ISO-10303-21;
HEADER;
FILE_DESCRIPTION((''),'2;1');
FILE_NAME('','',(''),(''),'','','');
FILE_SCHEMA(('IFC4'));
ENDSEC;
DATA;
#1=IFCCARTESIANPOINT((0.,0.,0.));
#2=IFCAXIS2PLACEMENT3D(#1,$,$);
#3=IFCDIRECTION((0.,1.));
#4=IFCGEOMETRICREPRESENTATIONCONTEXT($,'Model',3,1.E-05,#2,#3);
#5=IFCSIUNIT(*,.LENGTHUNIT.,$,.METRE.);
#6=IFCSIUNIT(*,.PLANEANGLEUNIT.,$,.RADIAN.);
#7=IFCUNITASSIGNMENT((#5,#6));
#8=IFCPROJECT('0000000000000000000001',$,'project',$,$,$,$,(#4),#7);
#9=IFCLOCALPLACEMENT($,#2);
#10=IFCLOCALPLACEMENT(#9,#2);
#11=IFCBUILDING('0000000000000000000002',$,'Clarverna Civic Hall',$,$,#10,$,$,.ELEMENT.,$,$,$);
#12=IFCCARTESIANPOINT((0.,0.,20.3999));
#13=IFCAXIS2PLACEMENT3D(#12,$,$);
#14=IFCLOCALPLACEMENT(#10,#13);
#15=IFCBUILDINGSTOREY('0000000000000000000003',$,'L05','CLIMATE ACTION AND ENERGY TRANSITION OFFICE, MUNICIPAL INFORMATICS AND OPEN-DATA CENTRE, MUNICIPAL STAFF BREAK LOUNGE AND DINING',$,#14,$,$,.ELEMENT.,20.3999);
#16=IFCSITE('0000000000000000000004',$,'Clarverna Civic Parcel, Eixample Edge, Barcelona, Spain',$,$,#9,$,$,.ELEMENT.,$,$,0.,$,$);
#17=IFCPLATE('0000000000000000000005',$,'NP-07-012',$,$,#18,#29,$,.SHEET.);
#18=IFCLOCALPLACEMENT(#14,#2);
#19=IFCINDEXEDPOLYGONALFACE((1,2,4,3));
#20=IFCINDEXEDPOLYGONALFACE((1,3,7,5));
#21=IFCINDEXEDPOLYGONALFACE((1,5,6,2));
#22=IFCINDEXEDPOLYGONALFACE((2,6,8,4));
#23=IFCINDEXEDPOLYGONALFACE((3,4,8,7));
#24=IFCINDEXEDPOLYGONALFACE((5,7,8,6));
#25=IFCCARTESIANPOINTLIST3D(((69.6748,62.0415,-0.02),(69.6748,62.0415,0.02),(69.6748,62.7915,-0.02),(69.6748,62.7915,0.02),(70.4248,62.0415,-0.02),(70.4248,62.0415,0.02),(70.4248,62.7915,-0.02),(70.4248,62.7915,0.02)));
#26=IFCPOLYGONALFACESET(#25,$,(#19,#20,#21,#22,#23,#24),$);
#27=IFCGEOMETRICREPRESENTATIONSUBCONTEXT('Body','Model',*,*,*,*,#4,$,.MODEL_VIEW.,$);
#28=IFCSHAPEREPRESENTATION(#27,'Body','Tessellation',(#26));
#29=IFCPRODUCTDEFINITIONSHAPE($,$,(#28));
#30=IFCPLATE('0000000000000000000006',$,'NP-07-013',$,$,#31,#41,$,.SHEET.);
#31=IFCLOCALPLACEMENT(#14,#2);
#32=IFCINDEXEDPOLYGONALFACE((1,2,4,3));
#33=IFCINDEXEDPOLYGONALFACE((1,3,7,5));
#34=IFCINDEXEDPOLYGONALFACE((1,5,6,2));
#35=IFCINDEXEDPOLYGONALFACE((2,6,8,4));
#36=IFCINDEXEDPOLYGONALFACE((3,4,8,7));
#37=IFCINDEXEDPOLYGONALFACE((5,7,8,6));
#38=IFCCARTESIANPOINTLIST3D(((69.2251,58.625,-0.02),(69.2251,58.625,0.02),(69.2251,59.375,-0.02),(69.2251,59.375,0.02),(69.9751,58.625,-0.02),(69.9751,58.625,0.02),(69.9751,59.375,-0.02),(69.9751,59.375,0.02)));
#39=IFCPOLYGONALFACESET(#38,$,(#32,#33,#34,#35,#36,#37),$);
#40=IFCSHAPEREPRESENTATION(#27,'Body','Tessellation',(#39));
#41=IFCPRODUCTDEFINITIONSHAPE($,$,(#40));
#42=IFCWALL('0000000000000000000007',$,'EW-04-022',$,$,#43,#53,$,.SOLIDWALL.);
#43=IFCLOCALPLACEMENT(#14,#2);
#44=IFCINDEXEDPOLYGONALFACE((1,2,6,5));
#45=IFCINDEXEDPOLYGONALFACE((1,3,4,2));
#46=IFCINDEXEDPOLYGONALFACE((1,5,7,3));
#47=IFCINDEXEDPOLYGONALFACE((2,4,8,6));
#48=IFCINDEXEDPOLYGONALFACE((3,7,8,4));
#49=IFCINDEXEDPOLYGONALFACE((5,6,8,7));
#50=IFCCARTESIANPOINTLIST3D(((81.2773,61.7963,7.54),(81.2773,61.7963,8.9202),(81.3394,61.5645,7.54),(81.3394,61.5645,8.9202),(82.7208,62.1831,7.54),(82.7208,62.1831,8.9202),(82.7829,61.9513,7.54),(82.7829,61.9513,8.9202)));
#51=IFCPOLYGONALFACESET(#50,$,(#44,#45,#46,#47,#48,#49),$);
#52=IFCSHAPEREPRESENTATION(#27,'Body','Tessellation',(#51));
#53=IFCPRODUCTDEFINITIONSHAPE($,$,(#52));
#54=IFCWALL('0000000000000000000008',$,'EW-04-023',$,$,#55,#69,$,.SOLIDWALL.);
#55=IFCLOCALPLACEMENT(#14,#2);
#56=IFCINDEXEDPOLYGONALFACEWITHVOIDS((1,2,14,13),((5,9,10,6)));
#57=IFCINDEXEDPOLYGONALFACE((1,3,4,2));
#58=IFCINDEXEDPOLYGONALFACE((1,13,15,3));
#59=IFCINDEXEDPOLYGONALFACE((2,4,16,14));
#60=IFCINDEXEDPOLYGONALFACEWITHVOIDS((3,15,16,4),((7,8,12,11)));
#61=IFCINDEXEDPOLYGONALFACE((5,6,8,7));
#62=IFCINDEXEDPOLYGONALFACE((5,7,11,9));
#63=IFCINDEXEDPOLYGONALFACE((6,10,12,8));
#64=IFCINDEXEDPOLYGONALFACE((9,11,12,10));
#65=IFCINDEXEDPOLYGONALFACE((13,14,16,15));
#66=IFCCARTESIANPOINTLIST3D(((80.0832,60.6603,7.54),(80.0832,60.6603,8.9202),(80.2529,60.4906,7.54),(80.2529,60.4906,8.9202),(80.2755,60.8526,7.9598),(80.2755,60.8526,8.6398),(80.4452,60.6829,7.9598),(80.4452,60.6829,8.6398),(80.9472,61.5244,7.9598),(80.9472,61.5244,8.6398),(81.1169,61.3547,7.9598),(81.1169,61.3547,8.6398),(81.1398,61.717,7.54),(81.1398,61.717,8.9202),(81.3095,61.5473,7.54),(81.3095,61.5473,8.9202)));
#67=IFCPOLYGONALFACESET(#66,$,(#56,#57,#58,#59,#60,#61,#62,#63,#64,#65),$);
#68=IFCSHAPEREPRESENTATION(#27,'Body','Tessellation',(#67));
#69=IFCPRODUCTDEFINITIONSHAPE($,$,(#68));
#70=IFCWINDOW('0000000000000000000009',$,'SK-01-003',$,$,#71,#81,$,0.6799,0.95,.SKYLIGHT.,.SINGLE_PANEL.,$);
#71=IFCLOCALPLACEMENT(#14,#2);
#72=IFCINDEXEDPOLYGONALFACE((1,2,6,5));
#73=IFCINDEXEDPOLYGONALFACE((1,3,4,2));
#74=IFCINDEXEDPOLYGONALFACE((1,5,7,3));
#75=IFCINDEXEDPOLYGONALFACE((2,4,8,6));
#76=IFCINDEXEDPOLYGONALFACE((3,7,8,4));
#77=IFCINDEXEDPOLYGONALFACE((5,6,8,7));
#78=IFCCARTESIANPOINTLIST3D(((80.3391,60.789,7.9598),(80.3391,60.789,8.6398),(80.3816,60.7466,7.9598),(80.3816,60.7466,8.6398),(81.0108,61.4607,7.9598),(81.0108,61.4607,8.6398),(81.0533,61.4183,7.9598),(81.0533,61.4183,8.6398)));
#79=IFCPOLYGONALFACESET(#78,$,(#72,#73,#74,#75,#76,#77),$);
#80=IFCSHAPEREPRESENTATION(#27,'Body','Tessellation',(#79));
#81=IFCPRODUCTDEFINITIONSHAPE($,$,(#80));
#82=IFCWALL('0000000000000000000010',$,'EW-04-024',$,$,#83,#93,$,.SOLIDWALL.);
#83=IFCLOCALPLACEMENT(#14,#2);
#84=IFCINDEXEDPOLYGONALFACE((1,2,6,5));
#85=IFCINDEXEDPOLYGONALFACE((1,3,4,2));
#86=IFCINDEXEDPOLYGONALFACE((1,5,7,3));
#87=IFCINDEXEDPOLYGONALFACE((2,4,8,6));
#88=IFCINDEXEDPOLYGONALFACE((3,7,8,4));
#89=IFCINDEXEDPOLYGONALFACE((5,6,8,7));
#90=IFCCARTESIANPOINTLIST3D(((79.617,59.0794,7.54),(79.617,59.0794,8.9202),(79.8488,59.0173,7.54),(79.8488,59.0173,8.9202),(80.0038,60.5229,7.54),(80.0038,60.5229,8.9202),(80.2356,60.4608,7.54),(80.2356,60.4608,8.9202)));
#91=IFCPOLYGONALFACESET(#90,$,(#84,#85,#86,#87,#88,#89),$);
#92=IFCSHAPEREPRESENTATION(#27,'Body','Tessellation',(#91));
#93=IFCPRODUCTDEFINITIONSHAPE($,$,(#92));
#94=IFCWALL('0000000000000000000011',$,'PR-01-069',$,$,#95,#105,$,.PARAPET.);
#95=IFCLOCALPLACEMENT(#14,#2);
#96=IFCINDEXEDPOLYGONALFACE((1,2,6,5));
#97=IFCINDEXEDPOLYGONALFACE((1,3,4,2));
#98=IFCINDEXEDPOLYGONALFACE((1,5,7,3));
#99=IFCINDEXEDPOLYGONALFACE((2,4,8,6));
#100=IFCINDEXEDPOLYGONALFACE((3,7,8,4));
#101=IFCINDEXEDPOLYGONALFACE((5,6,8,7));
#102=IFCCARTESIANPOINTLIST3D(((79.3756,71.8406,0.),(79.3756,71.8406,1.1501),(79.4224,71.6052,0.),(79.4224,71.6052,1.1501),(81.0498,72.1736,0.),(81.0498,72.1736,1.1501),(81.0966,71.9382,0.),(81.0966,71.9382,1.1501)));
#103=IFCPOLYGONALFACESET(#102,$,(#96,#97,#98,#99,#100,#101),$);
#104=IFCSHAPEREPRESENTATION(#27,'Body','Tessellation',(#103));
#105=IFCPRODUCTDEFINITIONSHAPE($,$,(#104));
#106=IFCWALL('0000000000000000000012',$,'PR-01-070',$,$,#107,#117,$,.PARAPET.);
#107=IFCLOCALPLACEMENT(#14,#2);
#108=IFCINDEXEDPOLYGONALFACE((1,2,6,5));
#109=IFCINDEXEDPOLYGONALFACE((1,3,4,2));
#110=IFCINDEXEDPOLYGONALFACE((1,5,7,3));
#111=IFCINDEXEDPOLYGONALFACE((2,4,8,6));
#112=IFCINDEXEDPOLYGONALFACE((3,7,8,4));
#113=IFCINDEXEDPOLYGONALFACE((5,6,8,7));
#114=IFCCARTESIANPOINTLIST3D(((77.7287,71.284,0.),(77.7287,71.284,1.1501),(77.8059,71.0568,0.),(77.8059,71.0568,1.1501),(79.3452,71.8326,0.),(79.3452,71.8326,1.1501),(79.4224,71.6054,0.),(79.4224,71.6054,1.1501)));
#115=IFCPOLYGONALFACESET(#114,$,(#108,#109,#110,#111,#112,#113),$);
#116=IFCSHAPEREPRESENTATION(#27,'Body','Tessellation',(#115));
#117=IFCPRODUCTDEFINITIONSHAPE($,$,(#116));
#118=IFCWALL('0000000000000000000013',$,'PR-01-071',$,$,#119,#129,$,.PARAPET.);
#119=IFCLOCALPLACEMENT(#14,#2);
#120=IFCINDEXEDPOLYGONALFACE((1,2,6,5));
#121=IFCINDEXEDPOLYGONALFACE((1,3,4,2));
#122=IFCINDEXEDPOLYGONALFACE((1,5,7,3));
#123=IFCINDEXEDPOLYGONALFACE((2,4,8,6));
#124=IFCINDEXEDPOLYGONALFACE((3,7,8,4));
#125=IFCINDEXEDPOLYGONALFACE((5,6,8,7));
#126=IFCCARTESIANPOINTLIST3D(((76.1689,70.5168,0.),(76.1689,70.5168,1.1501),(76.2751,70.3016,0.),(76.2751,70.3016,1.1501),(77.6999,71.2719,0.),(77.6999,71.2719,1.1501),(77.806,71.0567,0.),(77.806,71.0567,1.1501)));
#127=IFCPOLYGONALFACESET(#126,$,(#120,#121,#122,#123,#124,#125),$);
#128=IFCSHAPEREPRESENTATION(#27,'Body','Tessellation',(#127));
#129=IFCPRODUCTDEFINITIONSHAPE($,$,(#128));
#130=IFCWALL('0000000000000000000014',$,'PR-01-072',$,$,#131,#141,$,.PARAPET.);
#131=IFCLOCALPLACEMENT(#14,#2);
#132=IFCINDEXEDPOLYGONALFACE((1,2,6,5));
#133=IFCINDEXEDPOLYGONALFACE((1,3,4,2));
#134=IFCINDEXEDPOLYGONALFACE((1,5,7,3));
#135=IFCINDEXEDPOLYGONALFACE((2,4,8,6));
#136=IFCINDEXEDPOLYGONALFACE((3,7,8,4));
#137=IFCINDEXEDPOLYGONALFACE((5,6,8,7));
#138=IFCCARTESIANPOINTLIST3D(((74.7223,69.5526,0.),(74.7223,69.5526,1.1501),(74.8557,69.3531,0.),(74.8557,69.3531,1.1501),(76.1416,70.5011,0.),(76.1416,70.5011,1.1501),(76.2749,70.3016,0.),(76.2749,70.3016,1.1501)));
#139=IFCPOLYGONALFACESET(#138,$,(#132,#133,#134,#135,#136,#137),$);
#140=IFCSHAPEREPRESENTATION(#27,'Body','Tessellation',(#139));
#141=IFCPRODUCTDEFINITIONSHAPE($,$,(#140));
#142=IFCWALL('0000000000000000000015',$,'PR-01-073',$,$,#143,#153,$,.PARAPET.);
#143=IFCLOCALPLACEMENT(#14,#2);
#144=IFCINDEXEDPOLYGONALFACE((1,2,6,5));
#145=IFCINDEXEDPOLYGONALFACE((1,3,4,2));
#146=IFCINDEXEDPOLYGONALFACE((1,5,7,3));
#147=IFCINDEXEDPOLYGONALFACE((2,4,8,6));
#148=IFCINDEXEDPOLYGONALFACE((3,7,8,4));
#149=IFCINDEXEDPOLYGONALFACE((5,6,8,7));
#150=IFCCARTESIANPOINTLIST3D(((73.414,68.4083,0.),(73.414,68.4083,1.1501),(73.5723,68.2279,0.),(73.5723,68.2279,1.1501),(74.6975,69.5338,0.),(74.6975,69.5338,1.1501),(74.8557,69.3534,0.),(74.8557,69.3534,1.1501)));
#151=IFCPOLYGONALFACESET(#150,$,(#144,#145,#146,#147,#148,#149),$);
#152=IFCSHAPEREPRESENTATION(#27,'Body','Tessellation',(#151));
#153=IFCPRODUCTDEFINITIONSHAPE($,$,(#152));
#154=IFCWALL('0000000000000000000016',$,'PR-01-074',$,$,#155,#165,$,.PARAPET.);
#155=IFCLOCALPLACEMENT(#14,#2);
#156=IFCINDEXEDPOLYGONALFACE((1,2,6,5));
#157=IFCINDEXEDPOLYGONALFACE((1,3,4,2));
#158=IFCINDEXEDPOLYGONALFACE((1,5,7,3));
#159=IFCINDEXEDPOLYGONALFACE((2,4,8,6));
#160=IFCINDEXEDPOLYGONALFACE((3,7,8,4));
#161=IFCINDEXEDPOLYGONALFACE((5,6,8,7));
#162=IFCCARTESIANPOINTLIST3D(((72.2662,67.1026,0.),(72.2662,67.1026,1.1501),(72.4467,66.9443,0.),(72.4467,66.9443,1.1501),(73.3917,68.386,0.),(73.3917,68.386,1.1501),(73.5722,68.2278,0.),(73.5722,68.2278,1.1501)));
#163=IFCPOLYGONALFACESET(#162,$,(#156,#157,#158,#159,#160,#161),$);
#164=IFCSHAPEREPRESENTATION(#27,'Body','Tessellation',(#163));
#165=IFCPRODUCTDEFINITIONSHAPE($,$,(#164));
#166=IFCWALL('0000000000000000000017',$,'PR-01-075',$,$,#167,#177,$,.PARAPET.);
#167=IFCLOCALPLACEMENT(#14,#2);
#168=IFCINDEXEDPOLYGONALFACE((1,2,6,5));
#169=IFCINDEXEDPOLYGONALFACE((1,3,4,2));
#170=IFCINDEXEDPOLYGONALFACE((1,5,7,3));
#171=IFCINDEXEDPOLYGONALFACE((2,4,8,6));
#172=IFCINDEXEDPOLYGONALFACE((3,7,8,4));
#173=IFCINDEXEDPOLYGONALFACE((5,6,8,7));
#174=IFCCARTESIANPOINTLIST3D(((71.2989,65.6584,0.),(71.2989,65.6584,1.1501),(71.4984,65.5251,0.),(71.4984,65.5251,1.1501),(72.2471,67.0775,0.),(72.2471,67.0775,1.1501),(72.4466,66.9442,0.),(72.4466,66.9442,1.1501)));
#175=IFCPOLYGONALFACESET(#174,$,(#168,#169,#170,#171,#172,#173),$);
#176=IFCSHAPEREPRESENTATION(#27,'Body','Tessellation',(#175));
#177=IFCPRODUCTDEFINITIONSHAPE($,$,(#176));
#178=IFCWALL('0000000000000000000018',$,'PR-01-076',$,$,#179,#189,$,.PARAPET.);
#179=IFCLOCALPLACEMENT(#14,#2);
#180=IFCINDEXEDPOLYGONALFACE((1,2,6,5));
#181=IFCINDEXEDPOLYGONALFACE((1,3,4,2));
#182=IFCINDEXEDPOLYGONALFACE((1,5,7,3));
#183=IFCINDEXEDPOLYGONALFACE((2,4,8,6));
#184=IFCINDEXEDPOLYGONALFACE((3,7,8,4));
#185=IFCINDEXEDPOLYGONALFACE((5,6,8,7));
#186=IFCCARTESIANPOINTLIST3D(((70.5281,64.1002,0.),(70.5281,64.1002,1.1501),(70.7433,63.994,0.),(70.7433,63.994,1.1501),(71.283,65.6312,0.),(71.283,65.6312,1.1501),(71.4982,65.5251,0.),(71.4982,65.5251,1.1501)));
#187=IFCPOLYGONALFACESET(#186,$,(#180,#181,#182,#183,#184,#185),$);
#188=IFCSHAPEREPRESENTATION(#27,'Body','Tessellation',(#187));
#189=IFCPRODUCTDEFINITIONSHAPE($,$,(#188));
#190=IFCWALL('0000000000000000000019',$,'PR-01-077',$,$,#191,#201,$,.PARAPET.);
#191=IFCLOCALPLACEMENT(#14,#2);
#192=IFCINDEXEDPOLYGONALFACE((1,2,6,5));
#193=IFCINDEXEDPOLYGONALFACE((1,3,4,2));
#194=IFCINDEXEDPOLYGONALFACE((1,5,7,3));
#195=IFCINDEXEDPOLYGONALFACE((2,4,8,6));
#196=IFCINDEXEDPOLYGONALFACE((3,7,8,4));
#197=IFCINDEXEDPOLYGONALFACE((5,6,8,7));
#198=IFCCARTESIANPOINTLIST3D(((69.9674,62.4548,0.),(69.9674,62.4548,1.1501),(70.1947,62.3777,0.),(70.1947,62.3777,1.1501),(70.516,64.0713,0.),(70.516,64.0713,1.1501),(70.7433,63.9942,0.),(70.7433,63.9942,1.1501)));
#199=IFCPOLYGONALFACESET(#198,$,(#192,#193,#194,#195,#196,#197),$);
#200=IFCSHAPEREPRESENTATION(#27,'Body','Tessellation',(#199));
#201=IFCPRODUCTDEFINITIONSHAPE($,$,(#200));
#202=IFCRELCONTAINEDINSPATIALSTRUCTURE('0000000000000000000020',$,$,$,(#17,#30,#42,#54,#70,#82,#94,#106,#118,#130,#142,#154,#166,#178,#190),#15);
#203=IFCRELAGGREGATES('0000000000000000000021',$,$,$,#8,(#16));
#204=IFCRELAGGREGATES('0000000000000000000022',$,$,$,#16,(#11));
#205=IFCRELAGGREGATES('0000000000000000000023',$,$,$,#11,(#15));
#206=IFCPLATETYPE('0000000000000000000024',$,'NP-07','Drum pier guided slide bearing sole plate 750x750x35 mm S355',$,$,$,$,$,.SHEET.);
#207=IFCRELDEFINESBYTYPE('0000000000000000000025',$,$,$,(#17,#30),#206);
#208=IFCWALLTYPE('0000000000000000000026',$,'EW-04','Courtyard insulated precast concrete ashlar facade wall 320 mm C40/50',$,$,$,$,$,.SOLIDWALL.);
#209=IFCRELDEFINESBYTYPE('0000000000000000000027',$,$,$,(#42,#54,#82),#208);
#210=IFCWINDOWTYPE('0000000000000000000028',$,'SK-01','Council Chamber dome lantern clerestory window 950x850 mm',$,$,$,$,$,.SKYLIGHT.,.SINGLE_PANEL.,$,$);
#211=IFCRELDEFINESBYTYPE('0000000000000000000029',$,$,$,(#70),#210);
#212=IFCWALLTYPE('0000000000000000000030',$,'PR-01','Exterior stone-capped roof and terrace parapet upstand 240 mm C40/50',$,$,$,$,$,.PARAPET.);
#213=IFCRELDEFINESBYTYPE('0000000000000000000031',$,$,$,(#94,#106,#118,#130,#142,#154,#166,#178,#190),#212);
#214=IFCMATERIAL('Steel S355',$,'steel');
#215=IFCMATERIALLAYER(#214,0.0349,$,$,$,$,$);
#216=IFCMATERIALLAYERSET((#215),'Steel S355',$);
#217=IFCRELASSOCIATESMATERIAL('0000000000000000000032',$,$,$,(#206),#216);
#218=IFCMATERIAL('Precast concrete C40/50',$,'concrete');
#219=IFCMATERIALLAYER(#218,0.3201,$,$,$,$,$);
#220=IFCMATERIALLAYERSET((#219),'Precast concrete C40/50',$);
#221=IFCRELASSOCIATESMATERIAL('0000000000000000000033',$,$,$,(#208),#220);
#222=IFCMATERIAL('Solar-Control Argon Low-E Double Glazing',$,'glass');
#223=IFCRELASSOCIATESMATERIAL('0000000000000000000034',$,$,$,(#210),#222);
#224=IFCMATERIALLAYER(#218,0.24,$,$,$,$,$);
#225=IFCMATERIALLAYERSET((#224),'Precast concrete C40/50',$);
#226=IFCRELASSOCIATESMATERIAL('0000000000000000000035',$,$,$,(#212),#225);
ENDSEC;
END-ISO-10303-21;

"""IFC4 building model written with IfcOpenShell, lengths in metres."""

from ifc_helpers import new_model, si_unit, direction, frame, frame_2d, origin, origin_2d, place, context, subcontext, project, spatial, rectangle, extrude, material, layer, layer_set, type_object, element, fill, save


model = new_model("IFC4")

# Units and contexts
model_context = context("Model", 3, precision=1e-05, world=origin(), true_north=direction((0.0, 1.0)))
body_context = subcontext(model_context, "Body", "Model", "MODEL_VIEW")
ifc_project = project(units=[si_unit("LENGTHUNIT", "METRE"), si_unit("PLANEANGLEUNIT", "RADIAN")], contexts=[model_context])

# Site, building, storey
site_placement = place(None, origin())
site = spatial("IfcSite", under=ifc_project, at=site_placement, Name="Clarverna Civic Parcel, Eixample Edge, Barcelona, Spain", CompositionType="ELEMENT", RefElevation=0.0)
building_placement = place(site_placement, origin())
building = spatial("IfcBuilding", under=site, at=building_placement, Name="Clarverna Civic Hall", CompositionType="ELEMENT")
storey_placement = place(building_placement, frame((0.0, 0.0, 20.3999)))
storey = spatial("IfcBuildingStorey", under=building, at=storey_placement, Name="L05", Description="CLIMATE ACTION AND ENERGY TRANSITION OFFICE, MUNICIPAL INFORMATICS AND OPEN-DATA CENTRE, MUNICIPAL STAFF BREAK LOUNGE AND DINING", CompositionType="ELEMENT", Elevation=20.3999)

# Shared definitions
ifc_material_1 = material(Name="Steel S355", Category="steel")

# Plates
ifc_layer_1 = layer(ifc_material_1, 0.0349)
ifc_layer_set_1 = layer_set([ifc_layer_1], Name="Steel S355")
plate_type_1 = type_object("IfcPlateType", Name="NP-07", Description="Drum pier guided slide bearing sole plate 750x750x35 mm S355", PredefinedType="SHEET", material=ifc_layer_set_1)
for number, where, z_axis, x_axis, name in (
    (1, (70.0498, 62.4165, -0.02), (0.0, 0.0, 1.0), (1.0, 0.0, 0.0), "NP-07-012"),
    (2, (69.6001, 59.0, -0.02), (0.0, 0.0, 1.0), (1.0, 0.0, 0.0), "NP-07-013"),
):
    element("IfcPlate", number, at=place(storey_placement, frame(where, z_axis=z_axis, x_axis=x_axis)), inside=storey, type_object=plate_type_1, Name=name, PredefinedType="SHEET", context=body_context, shape_type="SweptSolid", body=[
        extrude(rectangle(XDim=0.75, YDim=0.75, at=origin_2d()), origin(), (0.0, 0.0, 1.0), 0.04),
    ])

# Wall
ifc_material_2 = material(Name="Precast concrete C40/50", Category="concrete")
ifc_layer_2 = layer(ifc_material_2, 0.3201)
ifc_layer_set_2 = layer_set([ifc_layer_2], Name="Precast concrete C40/50")
wall_type_1 = type_object("IfcWallType", Name="EW-04", Description="Courtyard insulated precast concrete ashlar facade wall 320 mm C40/50", PredefinedType="SOLIDWALL", material=ifc_layer_set_2)
wall_1_placement = place(storey_placement, frame((82.7517, 62.0671, 7.54), z_axis=(0.0, 0.0, 1.0), x_axis=(-0.965931, -0.258801, 0.0)))
element("IfcWall", 3, at=wall_1_placement, inside=storey, type_object=wall_type_1, Name="EW-04-022", PredefinedType="SOLIDWALL", context=body_context, shape_type="SweptSolid", body=[
    extrude(rectangle(XDim=1.4944, YDim=0.24, at=frame_2d((0.7471, 0.0))), origin(), (0.0, 0.0, 1.0), 1.3801),
])

# Wall, opening, window
wall_2_placement = place(storey_placement, frame((81.2246, 61.6321, 7.54), z_axis=(0.0, 0.0, 1.0), x_axis=(-0.707107, -0.707107, 0.0)))
wall_2 = element("IfcWall", 4, at=wall_2_placement, inside=storey, type_object=wall_type_1, Name="EW-04-023", PredefinedType="SOLIDWALL", context=body_context, shape_type="SweptSolid", body=[
    extrude(rectangle(XDim=1.4944, YDim=0.24, at=frame_2d((0.7471, 0.0))), origin(), (0.0, 0.0, 1.0), 1.3801),
])
opening_placement = place(wall_2_placement, frame((0.2722, 0.0, 0.4199)))
opening = element("IfcOpeningElement", 5, at=opening_placement, cuts=wall_2, PredefinedType="OPENING", context=body_context, shape_type="SweptSolid", body=[
    extrude(rectangle(XDim=0.95, YDim=0.6799, at=frame_2d((0.4751, 0.3398))), frame((0.0, 0.1299, 0.0), z_axis=(0.0, -1.0, 0.0), x_axis=(1.0, 0.0, 0.0)), (0.0, 0.0, 1.0), 0.26),
])
ifc_material_3 = material(Name="Solar-Control Argon Low-E Double Glazing", Category="glass")
window_type = type_object("IfcWindowType", Name="SK-01", Description="Council Chamber dome lantern clerestory window 950x850 mm", PartitioningType="SINGLE_PANEL", PredefinedType="SKYLIGHT", material=ifc_material_3)
window_placement = place(opening_placement, origin())
window = element("IfcWindow", 6, at=window_placement, inside=storey, type_object=window_type, Name="SK-01-003", OverallHeight=0.6799, OverallWidth=0.95, PartitioningType="SINGLE_PANEL", PredefinedType="SKYLIGHT", context=body_context, shape_type="SweptSolid", body=[
    extrude(rectangle(XDim=0.95, YDim=0.6799, at=frame_2d((0.4751, 0.3398))), frame((0.0, 0.03, 0.0), z_axis=(0.0, -1.0, 0.0), x_axis=(1.0, 0.0, 0.0)), (0.0, 0.0, 1.0), 0.0601),
])
fill(opening, window)

# Walls
wall_3_placement = place(storey_placement, frame((80.1196, 60.4917, 7.54), z_axis=(0.0, 0.0, 1.0), x_axis=(-0.258801, -0.965931, 0.0)))
element("IfcWall", 7, at=wall_3_placement, inside=storey, type_object=wall_type_1, Name="EW-04-024", PredefinedType="SOLIDWALL", context=body_context, shape_type="SweptSolid", body=[
    extrude(rectangle(XDim=1.4944, YDim=0.24, at=frame_2d((0.7471, 0.0))), origin(), (0.0, 0.0, 1.0), 1.3801),
])
ifc_layer_3 = layer(ifc_material_2, 0.24)
ifc_layer_set_3 = layer_set([ifc_layer_3], Name="Precast concrete C40/50")
wall_type_2 = type_object("IfcWallType", Name="PR-01", Description="Exterior stone-capped roof and terrace parapet upstand 240 mm C40/50", PredefinedType="PARAPET", material=ifc_layer_set_3)
for number, where, z_axis, x_axis, name in (
    (8, (81.0732, 72.0559, 0.0), (0.0, 0.0, 1.0), (-0.980789, -0.195071, 0.0), "PR-01-069"),
    (9, (79.3838, 71.719, 0.0), (0.0, 0.0, 1.0), (-0.946953, -0.321372, 0.0), "PR-01-070"),
    (10, (77.7529, 71.1643, 0.0), (0.0, 0.0, 1.0), (-0.896845, -0.442344, 0.0), "PR-01-071"),
    (11, (76.2083, 70.4014, 0.0), (0.0, 0.0, 1.0), (-0.831412, -0.555657, 0.0), "PR-01-072"),
    (12, (74.7766, 69.4436, 0.0), (0.0, 0.0, 1.0), (-0.751859, -0.659324, 0.0), "PR-01-073"),
    (13, (73.4819, 68.3069, 0.0), (0.0, 0.0, 1.0), (-0.659324, -0.751859, 0.0), "PR-01-074"),
):
    element("IfcWall", number, at=place(storey_placement, frame(where, z_axis=z_axis, x_axis=x_axis)), inside=storey, type_object=wall_type_2, Name=name, PredefinedType="PARAPET", context=body_context, shape_type="SweptSolid", body=[
        extrude(rectangle(XDim=1.707, YDim=0.24, at=frame_2d((0.8535, 0.0))), origin(), (0.0, 0.0, 1.0), 1.1501),
    ])
wall_4_placement = place(storey_placement, frame((72.3469, 67.011, 0.0), z_axis=(0.0, 0.0, 1.0), x_axis=(-0.555558, -0.831478, 0.0)))
element("IfcWall", 14, at=wall_4_placement, inside=storey, type_object=wall_type_2, Name="PR-01-075", PredefinedType="PARAPET", context=body_context, shape_type="SweptSolid", body=[
    extrude(rectangle(XDim=1.7068, YDim=0.24, at=frame_2d((0.8535, 0.0))), origin(), (0.0, 0.0, 1.0), 1.1501),
])
for number, where, z_axis, x_axis, name in (
    (15, (71.3906, 65.5781, 0.0), (0.0, 0.0, 1.0), (-0.442229, -0.896902, 0.0), "PR-01-076"),
    (16, (70.6296, 64.0327, 0.0), (0.0, 0.0, 1.0), (-0.321372, -0.946953, 0.0), "PR-01-077"),
):
    element("IfcWall", number, at=place(storey_placement, frame(where, z_axis=z_axis, x_axis=x_axis)), inside=storey, type_object=wall_type_2, Name=name, PredefinedType="PARAPET", context=body_context, shape_type="SweptSolid", body=[
        extrude(rectangle(XDim=1.707, YDim=0.24, at=frame_2d((0.8535, 0.0))), origin(), (0.0, 0.0, 1.0), 1.1501),
    ])

save(model, "model.ifc")
